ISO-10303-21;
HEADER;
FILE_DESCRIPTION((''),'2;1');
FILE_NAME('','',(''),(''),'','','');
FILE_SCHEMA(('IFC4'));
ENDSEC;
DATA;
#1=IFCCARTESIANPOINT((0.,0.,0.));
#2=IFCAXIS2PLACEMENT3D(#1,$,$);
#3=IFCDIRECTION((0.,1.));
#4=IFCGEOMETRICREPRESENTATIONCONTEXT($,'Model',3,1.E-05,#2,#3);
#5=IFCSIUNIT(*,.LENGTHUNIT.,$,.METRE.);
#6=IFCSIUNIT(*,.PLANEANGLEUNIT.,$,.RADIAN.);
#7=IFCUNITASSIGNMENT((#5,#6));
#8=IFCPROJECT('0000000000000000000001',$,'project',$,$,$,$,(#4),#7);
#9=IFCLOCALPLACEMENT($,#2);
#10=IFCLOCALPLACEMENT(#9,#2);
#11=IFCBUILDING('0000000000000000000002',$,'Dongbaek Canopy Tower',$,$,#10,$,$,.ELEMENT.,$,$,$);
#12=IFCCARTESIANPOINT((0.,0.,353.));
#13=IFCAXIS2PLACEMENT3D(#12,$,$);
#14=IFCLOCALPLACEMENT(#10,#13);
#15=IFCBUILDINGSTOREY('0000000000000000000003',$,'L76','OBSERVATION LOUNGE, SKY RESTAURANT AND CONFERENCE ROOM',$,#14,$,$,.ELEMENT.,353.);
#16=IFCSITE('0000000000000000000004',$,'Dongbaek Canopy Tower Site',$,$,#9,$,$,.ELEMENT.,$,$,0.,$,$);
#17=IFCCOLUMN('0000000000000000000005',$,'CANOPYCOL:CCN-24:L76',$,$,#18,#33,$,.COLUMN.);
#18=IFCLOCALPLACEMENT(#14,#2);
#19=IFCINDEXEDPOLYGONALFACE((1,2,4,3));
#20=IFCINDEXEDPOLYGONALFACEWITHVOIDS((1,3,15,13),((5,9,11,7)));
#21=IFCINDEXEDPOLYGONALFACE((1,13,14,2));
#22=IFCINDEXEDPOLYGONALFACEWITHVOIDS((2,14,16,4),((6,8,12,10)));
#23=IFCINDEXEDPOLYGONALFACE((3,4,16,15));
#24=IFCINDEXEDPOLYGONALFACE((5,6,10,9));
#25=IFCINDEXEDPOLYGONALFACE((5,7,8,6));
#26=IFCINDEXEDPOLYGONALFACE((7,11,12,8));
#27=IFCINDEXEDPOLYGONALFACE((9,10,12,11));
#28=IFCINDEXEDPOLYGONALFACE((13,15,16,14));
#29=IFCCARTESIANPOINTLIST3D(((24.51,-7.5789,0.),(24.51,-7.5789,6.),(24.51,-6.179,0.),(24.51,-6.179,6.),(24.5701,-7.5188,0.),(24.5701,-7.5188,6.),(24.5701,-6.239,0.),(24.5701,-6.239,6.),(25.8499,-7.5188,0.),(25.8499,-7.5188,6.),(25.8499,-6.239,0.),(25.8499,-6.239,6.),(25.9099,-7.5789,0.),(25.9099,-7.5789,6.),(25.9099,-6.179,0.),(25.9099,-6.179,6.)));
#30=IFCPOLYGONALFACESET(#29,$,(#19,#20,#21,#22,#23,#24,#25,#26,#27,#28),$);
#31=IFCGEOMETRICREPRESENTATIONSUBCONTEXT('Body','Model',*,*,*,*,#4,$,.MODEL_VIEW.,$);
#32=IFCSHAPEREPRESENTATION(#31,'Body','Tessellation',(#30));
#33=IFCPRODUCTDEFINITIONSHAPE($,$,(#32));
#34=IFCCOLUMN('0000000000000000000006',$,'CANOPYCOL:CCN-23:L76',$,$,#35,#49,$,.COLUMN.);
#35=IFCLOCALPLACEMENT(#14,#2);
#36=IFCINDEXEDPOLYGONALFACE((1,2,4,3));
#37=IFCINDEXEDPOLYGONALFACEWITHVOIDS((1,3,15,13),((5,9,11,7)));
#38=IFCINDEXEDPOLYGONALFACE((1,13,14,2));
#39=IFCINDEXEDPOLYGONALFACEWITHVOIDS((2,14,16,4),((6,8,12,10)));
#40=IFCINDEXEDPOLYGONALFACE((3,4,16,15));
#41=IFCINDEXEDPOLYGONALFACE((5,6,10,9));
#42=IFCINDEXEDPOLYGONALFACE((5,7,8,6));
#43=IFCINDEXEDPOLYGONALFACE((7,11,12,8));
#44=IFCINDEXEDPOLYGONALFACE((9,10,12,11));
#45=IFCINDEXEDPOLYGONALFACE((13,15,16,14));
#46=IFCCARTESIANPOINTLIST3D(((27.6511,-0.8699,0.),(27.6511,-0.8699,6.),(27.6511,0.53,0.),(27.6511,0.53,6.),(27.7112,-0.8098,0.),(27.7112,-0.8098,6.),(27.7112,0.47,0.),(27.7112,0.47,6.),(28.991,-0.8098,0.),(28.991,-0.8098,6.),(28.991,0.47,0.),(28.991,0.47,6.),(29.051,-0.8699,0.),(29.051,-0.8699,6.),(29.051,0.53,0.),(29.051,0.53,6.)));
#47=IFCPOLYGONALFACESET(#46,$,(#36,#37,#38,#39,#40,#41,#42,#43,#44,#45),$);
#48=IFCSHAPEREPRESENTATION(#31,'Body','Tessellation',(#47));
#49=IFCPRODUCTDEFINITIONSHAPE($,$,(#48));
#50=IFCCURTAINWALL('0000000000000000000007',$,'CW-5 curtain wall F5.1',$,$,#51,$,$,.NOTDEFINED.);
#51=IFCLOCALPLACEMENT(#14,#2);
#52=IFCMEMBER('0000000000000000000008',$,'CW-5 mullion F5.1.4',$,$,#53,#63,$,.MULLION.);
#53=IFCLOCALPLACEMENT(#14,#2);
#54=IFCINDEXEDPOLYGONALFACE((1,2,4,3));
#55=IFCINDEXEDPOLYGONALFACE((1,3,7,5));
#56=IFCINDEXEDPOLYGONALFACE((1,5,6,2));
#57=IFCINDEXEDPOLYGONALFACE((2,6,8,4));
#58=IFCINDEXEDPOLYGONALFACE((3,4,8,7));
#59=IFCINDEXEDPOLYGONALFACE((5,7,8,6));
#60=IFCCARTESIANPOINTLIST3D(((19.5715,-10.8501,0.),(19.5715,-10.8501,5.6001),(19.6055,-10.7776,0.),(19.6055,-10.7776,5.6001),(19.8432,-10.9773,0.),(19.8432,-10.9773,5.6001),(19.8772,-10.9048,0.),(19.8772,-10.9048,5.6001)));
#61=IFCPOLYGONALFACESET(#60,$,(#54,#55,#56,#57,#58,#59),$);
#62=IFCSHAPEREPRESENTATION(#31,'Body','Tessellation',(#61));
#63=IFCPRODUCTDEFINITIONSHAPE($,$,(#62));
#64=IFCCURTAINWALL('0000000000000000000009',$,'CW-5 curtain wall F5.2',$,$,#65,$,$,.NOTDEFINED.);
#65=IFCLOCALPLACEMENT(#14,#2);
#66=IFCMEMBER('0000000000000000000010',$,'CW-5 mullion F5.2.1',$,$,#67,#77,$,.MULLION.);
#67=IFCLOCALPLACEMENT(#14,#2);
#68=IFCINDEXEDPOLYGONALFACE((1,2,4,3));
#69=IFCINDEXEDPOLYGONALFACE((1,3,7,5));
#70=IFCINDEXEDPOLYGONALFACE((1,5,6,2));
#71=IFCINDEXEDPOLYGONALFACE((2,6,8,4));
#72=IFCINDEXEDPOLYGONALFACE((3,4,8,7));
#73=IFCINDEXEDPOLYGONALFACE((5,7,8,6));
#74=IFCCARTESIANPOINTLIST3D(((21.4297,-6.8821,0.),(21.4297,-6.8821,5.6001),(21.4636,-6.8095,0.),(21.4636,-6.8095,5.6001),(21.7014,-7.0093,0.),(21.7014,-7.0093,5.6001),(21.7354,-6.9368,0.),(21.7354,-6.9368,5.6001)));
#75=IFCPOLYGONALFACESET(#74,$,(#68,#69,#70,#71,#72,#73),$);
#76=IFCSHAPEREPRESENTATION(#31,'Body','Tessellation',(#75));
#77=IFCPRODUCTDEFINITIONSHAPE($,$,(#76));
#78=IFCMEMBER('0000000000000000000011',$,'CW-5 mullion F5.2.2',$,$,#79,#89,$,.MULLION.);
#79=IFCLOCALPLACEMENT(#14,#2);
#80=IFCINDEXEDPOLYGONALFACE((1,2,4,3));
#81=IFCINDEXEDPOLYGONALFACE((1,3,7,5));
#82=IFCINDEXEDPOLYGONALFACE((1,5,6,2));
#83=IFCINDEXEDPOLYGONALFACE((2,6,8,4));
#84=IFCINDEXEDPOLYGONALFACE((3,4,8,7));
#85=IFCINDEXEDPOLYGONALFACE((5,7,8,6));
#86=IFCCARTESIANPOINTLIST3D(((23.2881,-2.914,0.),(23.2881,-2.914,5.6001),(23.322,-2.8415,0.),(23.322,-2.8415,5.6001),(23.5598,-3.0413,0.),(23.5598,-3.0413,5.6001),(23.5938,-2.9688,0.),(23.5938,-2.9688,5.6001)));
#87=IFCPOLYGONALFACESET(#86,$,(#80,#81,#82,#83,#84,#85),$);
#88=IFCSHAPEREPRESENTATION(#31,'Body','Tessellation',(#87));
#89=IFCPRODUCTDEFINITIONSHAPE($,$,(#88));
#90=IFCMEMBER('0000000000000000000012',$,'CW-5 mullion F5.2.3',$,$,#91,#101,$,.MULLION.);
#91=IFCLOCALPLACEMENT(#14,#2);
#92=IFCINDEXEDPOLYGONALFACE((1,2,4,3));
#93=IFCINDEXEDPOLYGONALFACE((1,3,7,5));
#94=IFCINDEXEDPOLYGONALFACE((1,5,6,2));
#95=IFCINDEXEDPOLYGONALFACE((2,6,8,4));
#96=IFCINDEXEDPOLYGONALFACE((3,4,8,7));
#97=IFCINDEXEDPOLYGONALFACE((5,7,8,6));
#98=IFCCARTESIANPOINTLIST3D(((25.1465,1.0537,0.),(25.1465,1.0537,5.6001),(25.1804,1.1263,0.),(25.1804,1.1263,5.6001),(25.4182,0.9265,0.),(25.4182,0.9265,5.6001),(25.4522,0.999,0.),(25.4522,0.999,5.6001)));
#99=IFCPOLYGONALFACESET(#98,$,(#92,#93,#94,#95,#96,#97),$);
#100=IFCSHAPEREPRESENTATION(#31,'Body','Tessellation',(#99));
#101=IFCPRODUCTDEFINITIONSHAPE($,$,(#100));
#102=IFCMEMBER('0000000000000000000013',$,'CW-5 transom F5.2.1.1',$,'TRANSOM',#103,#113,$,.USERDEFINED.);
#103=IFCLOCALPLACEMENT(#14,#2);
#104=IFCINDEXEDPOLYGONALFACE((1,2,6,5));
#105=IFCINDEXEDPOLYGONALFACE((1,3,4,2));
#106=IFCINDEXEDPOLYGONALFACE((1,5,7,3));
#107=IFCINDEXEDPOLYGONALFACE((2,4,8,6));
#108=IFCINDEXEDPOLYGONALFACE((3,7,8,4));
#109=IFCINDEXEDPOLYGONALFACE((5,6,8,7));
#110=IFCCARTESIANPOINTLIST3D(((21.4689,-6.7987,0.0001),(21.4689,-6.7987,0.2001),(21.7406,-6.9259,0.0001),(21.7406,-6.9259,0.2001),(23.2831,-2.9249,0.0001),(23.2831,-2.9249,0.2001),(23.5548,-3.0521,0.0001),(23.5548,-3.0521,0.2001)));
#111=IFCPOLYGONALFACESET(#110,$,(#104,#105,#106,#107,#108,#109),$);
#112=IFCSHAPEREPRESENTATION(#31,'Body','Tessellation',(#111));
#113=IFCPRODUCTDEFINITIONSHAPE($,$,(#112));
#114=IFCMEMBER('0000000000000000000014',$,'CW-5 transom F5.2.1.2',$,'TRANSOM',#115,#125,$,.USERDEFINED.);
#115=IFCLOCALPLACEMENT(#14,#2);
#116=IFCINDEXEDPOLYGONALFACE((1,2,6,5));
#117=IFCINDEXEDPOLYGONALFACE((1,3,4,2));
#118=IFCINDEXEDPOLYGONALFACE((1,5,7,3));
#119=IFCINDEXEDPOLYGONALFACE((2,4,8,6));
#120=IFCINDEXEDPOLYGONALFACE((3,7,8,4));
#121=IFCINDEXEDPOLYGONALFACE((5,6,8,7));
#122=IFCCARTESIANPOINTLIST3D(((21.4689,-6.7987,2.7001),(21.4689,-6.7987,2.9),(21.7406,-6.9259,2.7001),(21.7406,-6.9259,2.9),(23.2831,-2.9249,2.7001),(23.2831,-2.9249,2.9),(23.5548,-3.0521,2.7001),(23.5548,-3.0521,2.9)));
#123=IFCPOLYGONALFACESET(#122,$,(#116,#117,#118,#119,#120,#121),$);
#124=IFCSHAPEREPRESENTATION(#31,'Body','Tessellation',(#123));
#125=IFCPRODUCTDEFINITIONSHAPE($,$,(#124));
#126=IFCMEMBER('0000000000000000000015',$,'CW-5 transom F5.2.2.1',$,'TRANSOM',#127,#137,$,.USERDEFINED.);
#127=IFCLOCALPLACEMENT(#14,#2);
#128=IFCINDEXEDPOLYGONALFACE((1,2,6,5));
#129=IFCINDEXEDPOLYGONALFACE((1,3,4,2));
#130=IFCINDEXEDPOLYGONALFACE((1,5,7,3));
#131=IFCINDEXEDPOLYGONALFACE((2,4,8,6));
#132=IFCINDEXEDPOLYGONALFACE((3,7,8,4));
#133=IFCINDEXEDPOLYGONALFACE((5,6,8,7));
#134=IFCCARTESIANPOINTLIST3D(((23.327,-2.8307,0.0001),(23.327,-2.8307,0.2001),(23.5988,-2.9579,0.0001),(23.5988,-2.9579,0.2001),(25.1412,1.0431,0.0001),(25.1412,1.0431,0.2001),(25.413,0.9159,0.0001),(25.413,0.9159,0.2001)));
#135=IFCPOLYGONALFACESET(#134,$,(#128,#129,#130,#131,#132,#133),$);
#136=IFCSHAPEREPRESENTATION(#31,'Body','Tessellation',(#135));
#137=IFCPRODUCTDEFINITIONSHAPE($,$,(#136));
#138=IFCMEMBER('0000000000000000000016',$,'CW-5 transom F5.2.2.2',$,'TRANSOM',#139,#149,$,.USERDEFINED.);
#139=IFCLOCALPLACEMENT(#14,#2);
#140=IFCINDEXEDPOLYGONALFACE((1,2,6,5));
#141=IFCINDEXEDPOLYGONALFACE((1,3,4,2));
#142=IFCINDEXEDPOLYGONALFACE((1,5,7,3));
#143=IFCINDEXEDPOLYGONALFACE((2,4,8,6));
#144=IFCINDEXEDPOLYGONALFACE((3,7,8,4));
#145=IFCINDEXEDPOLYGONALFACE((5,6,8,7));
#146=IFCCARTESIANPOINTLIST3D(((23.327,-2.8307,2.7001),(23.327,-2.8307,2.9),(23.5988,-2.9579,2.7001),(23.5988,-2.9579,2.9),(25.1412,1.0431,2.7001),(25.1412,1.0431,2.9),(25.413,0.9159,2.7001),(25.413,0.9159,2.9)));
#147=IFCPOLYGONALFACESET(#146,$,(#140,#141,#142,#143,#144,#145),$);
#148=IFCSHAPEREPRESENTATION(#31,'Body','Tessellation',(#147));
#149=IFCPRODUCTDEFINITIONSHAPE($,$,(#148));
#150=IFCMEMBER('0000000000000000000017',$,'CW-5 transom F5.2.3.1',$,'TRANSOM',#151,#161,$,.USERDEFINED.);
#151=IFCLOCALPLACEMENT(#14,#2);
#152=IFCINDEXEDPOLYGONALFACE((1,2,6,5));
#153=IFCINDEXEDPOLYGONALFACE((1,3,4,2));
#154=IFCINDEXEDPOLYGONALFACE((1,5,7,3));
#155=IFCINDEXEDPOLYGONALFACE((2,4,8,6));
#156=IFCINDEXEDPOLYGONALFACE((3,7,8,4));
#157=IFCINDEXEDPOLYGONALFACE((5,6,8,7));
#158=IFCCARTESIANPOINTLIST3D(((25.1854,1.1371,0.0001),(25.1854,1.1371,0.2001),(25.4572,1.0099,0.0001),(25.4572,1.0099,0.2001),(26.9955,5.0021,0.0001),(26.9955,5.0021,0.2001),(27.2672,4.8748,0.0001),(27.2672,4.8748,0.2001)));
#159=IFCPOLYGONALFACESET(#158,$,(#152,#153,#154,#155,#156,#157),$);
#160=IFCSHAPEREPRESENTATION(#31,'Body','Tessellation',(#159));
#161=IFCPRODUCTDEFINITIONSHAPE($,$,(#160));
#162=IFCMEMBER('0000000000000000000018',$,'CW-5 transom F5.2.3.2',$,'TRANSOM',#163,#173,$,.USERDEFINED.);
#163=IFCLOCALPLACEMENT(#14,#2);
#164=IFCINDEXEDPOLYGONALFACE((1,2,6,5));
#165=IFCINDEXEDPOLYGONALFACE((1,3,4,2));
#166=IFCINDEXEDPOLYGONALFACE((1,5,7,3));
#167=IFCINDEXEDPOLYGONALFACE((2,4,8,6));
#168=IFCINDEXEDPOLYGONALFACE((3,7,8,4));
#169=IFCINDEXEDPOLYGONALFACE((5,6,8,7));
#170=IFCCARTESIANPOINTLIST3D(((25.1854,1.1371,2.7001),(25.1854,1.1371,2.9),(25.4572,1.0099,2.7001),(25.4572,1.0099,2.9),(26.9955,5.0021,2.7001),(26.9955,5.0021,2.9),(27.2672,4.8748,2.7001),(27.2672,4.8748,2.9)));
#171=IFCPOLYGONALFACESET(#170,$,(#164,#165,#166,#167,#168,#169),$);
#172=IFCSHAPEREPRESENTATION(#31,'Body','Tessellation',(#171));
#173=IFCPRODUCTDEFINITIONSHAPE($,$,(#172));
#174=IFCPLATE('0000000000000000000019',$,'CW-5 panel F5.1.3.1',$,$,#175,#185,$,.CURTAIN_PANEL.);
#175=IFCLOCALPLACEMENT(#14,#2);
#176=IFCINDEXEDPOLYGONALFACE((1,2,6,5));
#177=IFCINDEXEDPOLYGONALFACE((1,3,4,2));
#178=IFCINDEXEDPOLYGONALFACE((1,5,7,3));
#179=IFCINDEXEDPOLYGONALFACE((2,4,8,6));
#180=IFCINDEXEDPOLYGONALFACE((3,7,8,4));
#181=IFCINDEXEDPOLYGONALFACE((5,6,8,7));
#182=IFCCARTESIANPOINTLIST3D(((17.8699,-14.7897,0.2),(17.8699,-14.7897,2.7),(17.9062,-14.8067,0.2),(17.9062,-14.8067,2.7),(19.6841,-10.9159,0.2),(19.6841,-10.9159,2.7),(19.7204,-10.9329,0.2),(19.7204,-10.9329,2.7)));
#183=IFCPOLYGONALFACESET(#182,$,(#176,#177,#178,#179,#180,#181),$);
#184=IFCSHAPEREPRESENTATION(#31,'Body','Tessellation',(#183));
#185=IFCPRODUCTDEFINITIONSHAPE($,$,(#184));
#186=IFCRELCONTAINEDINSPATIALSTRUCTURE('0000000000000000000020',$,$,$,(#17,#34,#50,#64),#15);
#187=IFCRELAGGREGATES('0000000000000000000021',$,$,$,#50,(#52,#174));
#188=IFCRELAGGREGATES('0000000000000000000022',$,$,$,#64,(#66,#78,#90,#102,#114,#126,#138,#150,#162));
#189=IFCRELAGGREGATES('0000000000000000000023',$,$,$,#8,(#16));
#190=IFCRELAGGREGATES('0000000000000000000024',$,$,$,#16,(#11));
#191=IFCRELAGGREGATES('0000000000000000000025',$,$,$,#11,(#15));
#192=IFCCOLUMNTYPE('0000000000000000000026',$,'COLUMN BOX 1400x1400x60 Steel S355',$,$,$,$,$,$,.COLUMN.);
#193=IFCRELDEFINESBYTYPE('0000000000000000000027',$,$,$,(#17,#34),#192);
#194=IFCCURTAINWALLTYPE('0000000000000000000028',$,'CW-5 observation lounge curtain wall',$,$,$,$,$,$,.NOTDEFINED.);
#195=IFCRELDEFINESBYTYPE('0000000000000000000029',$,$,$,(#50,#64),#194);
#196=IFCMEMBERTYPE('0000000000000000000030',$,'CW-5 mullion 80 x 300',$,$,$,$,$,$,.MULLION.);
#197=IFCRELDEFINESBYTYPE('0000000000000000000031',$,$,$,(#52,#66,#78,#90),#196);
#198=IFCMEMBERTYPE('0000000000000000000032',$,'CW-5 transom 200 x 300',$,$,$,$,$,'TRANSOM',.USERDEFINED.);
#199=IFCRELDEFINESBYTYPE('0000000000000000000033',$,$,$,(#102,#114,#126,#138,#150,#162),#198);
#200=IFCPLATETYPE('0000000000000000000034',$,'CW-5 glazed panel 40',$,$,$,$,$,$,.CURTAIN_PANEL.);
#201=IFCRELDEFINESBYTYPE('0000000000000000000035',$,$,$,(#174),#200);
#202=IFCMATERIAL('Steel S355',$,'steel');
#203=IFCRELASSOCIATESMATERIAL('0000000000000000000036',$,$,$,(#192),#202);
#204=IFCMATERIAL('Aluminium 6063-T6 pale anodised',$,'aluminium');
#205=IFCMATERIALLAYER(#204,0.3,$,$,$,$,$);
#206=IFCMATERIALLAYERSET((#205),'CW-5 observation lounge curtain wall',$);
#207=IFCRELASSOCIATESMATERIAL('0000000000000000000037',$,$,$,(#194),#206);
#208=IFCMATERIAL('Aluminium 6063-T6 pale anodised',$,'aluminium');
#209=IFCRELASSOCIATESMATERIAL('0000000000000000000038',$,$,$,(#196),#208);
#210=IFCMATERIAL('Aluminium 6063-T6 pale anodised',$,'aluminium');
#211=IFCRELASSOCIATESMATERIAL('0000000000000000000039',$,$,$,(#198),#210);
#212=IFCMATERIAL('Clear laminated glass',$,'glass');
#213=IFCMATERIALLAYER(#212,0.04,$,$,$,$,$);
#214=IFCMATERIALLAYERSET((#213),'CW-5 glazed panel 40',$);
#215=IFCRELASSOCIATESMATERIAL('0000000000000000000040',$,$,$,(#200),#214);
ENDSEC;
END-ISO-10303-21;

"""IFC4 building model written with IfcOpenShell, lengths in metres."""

from ifc_helpers import new_model, si_unit, direction, frame, origin, origin_2d, place, context, subcontext, project, spatial, rectangle, hollow_rectangle, extrude, material, layer, layer_set, material_profile, profile_set, type_object, element, aggregate, save


model = new_model("IFC4")

# Units and contexts
model_context = context("Model", 3, precision=1e-05, world=origin(), true_north=direction((0.0, 1.0)))
body_context = subcontext(model_context, "Body", "Model", "MODEL_VIEW")
ifc_project = project(units=[si_unit("LENGTHUNIT", "METRE"), si_unit("PLANEANGLEUNIT", "RADIAN")], contexts=[model_context])

# Site, building, storey
site_placement = place(None, origin())
site = spatial("IfcSite", under=ifc_project, at=site_placement, Name="Dongbaek Canopy Tower Site", CompositionType="ELEMENT", RefElevation=0.0)
building_placement = place(site_placement, origin())
building = spatial("IfcBuilding", under=site, at=building_placement, Name="Dongbaek Canopy Tower", CompositionType="ELEMENT")
storey_placement = place(building_placement, frame((0.0, 0.0, 353.0)))
storey = spatial("IfcBuildingStorey", under=building, at=storey_placement, Name="L76", Description="OBSERVATION LOUNGE, SKY RESTAURANT AND CONFERENCE ROOM", CompositionType="ELEMENT", Elevation=353.0)

# Columns
ifc_material_1 = material(Name="Steel S355", Category="steel")
ifc_material_profile_1 = material_profile(ifc_material_1, hollow_rectangle(XDim=1.3999, YDim=1.3999, WallThickness=0.0601, at=origin_2d()), Name="COLUMN BOX 1400x1400x60 Steel S355")
ifc_profile_set_1 = profile_set([ifc_material_profile_1], Name="Steel S355")
column_type = type_object("IfcColumnType", Name="COLUMN BOX 1400x1400x60 Steel S355", PredefinedType="COLUMN", material=ifc_profile_set_1)
for number, where, z_axis, x_axis, name in (
    (1, (25.21, -6.8789, 0.0), (0.0, 0.0, 1.0), (1.0, 0.0, 0.0), "CANOPYCOL:CCN-24:L76"),
    (2, (28.3511, -0.1699, 0.0), (0.0, 0.0, 1.0), (1.0, 0.0, 0.0), "CANOPYCOL:CCN-23:L76"),
):
    element("IfcColumn", number, at=place(storey_placement, frame(where, z_axis=z_axis, x_axis=x_axis)), inside=storey, type_object=column_type, Name=name, PredefinedType="COLUMN", context=body_context, shape_type="SweptSolid", body=[
        extrude(hollow_rectangle(XDim=1.3999, YDim=1.3999, WallThickness=0.0601, at=origin_2d()), origin(), (0.0, 0.0, 1.0), 6.0),
    ])

# Curtain wall, member
ifc_material_2 = material(Name="Aluminium 6063-T6 pale anodised", Category="aluminium")
ifc_layer_1 = layer(ifc_material_2, 0.3)
ifc_layer_set_1 = layer_set([ifc_layer_1], Name="CW-5 observation lounge curtain wall")
curtain_wall_type = type_object("IfcCurtainWallType", Name="CW-5 observation lounge curtain wall", PredefinedType="NOTDEFINED", material=ifc_layer_set_1)
curtain_wall_1_placement = place(storey_placement, origin())
curtain_wall_1 = element("IfcCurtainWall", 3, at=curtain_wall_1_placement, inside=storey, type_object=curtain_wall_type, Name="CW-5 curtain wall F5.1", PredefinedType="NOTDEFINED")
ifc_material_3 = material(Name="Aluminium 6063-T6 pale anodised", Category="aluminium")
ifc_material_profile_2 = material_profile(ifc_material_3, rectangle(XDim=0.3, YDim=0.0801, at=origin_2d()), Name="CW-5 mullion 80 x 300")
ifc_profile_set_2 = profile_set([ifc_material_profile_2], Name="Aluminium 6063-T6 pale anodised")
member_type_1 = type_object("IfcMemberType", Name="CW-5 mullion 80 x 300", PredefinedType="MULLION", material=ifc_profile_set_2)
member_1_placement = place(storey_placement, frame((19.7244, -10.8774, 0.0), z_axis=(0.0, 0.0, 1.0), x_axis=(0.905605, -0.424123, 0.0)))
member_1 = element("IfcMember", 4, at=member_1_placement, type_object=member_type_1, Name="CW-5 mullion F5.1.4", PredefinedType="MULLION", context=body_context, shape_type="SweptSolid", body=[
    extrude(rectangle(XDim=0.3, YDim=0.0801, at=origin_2d()), origin(), (0.0, 0.0, 1.0), 5.6001),
])

# Curtain wall, members
curtain_wall_2_placement = place(storey_placement, origin())
curtain_wall_2 = element("IfcCurtainWall", 5, at=curtain_wall_2_placement, inside=storey, type_object=curtain_wall_type, Name="CW-5 curtain wall F5.2", PredefinedType="NOTDEFINED")
member_2_placement = place(storey_placement, frame((21.5825, -6.9094, 0.0), z_axis=(0.0, 0.0, 1.0), x_axis=(0.905605, -0.424123, 0.0)))
member_2 = element("IfcMember", 6, at=member_2_placement, type_object=member_type_1, Name="CW-5 mullion F5.2.1", PredefinedType="MULLION", context=body_context, shape_type="SweptSolid", body=[
    extrude(rectangle(XDim=0.3, YDim=0.0801, at=origin_2d()), origin(), (0.0, 0.0, 1.0), 5.6001),
])
member_3_placement = place(storey_placement, frame((23.4409, -2.9414, 0.0), z_axis=(0.0, 0.0, 1.0), x_axis=(0.905605, -0.424123, 0.0)))
member_3 = element("IfcMember", 7, at=member_3_placement, type_object=member_type_1, Name="CW-5 mullion F5.2.2", PredefinedType="MULLION", context=body_context, shape_type="SweptSolid", body=[
    extrude(rectangle(XDim=0.3, YDim=0.0801, at=origin_2d()), origin(), (0.0, 0.0, 1.0), 5.6001),
])
member_4_placement = place(storey_placement, frame((25.2993, 1.0264, 0.0), z_axis=(0.0, 0.0, 1.0), x_axis=(0.905605, -0.424123, 0.0)))
member_4 = element("IfcMember", 8, at=member_4_placement, type_object=member_type_1, Name="CW-5 mullion F5.2.3", PredefinedType="MULLION", context=body_context, shape_type="SweptSolid", body=[
    extrude(rectangle(XDim=0.3, YDim=0.0801, at=origin_2d()), origin(), (0.0, 0.0, 1.0), 5.6001),
])
ifc_material_4 = material(Name="Aluminium 6063-T6 pale anodised", Category="aluminium")
ifc_material_profile_3 = material_profile(ifc_material_4, rectangle(XDim=0.3, YDim=0.2, at=origin_2d()), Name="CW-5 transom 200 x 300")
ifc_profile_set_3 = profile_set([ifc_material_profile_3], Name="Aluminium 6063-T6 pale anodised")
member_type_2 = type_object("IfcMemberType", Name="CW-5 transom 200 x 300", ElementType="TRANSOM", PredefinedType="USERDEFINED", material=ifc_profile_set_3)
member_5_placement = place(storey_placement, frame((21.6047, -6.8623, 0.1001), z_axis=(0.424122, 0.905605, 0.0), x_axis=(-0.905605, 0.424122, 0.0)))
member_5 = element("IfcMember", 9, at=member_5_placement, type_object=member_type_2, Name="CW-5 transom F5.2.1.1", ObjectType="TRANSOM", PredefinedType="USERDEFINED", context=body_context, shape_type="SweptSolid", body=[
    extrude(rectangle(XDim=0.3, YDim=0.2, at=origin_2d()), origin(), (0.0, 0.0, 1.0), 4.2776),
])
member_6_placement = place(storey_placement, frame((21.6047, -6.8623, 2.8), z_axis=(0.424122, 0.905605, 0.0), x_axis=(-0.905605, 0.424122, 0.0)))
member_6 = element("IfcMember", 10, at=member_6_placement, type_object=member_type_2, Name="CW-5 transom F5.2.1.2", ObjectType="TRANSOM", PredefinedType="USERDEFINED", context=body_context, shape_type="SweptSolid", body=[
    extrude(rectangle(XDim=0.3, YDim=0.2, at=origin_2d()), origin(), (0.0, 0.0, 1.0), 4.2776),
])
member_7_placement = place(storey_placement, frame((23.4629, -2.8943, 0.1001), z_axis=(0.424122, 0.905605, 0.0), x_axis=(-0.905605, 0.424122, 0.0)))
member_7 = element("IfcMember", 11, at=member_7_placement, type_object=member_type_2, Name="CW-5 transom F5.2.2.1", ObjectType="TRANSOM", PredefinedType="USERDEFINED", context=body_context, shape_type="SweptSolid", body=[
    extrude(rectangle(XDim=0.3, YDim=0.2, at=origin_2d()), origin(), (0.0, 0.0, 1.0), 4.2776),
])
member_8_placement = place(storey_placement, frame((23.4629, -2.8943, 2.8), z_axis=(0.424122, 0.905605, 0.0), x_axis=(-0.905605, 0.424122, 0.0)))
member_8 = element("IfcMember", 12, at=member_8_placement, type_object=member_type_2, Name="CW-5 transom F5.2.2.2", ObjectType="TRANSOM", PredefinedType="USERDEFINED", context=body_context, shape_type="SweptSolid", body=[
    extrude(rectangle(XDim=0.3, YDim=0.2, at=origin_2d()), origin(), (0.0, 0.0, 1.0), 4.2776),
])
member_9_placement = place(storey_placement, frame((25.3213, 1.0735, 0.1001), z_axis=(0.424116, 0.905608, 0.0), x_axis=(-0.905608, 0.424116, 0.0)))
member_9 = element("IfcMember", 13, at=member_9_placement, type_object=member_type_2, Name="CW-5 transom F5.2.3.1", ObjectType="TRANSOM", PredefinedType="USERDEFINED", context=body_context, shape_type="SweptSolid", body=[
    extrude(rectangle(XDim=0.3, YDim=0.2, at=origin_2d()), origin(), (0.0, 0.0, 1.0), 4.2678),
])
member_10_placement = place(storey_placement, frame((25.3213, 1.0735, 2.8), z_axis=(0.424116, 0.905608, 0.0), x_axis=(-0.905608, 0.424116, 0.0)))
member_10 = element("IfcMember", 14, at=member_10_placement, type_object=member_type_2, Name="CW-5 transom F5.2.3.2", ObjectType="TRANSOM", PredefinedType="USERDEFINED", context=body_context, shape_type="SweptSolid", body=[
    extrude(rectangle(XDim=0.3, YDim=0.2, at=origin_2d()), origin(), (0.0, 0.0, 1.0), 4.2678),
])

# Plate
ifc_material_5 = material(Name="Clear laminated glass", Category="glass")
ifc_layer_2 = layer(ifc_material_5, 0.04)
ifc_layer_set_2 = layer_set([ifc_layer_2], Name="CW-5 glazed panel 40")
plate_type = type_object("IfcPlateType", Name="CW-5 glazed panel 40", PredefinedType="CURTAIN_PANEL", material=ifc_layer_set_2)
plate_1_placement = place(storey_placement, frame((18.7952, -12.8613, 0.2), z_axis=(0.0, 0.0, 1.0), x_axis=(0.424123, 0.905605, 0.0)))
plate_1 = element("IfcPlate", 15, at=plate_1_placement, type_object=plate_type, Name="CW-5 panel F5.1.3.1", PredefinedType="CURTAIN_PANEL", context=body_context, shape_type="SweptSolid", body=[
    extrude(rectangle(XDim=4.2776, YDim=0.04, at=origin_2d()), origin(), (0.0, 0.0, 1.0), 2.5),
])
aggregate(curtain_wall_1, [member_1, plate_1])
aggregate(curtain_wall_2, [member_2, member_3, member_4, member_5, member_6, member_7, member_8, member_9, member_10])

save(model, "model.ifc")
